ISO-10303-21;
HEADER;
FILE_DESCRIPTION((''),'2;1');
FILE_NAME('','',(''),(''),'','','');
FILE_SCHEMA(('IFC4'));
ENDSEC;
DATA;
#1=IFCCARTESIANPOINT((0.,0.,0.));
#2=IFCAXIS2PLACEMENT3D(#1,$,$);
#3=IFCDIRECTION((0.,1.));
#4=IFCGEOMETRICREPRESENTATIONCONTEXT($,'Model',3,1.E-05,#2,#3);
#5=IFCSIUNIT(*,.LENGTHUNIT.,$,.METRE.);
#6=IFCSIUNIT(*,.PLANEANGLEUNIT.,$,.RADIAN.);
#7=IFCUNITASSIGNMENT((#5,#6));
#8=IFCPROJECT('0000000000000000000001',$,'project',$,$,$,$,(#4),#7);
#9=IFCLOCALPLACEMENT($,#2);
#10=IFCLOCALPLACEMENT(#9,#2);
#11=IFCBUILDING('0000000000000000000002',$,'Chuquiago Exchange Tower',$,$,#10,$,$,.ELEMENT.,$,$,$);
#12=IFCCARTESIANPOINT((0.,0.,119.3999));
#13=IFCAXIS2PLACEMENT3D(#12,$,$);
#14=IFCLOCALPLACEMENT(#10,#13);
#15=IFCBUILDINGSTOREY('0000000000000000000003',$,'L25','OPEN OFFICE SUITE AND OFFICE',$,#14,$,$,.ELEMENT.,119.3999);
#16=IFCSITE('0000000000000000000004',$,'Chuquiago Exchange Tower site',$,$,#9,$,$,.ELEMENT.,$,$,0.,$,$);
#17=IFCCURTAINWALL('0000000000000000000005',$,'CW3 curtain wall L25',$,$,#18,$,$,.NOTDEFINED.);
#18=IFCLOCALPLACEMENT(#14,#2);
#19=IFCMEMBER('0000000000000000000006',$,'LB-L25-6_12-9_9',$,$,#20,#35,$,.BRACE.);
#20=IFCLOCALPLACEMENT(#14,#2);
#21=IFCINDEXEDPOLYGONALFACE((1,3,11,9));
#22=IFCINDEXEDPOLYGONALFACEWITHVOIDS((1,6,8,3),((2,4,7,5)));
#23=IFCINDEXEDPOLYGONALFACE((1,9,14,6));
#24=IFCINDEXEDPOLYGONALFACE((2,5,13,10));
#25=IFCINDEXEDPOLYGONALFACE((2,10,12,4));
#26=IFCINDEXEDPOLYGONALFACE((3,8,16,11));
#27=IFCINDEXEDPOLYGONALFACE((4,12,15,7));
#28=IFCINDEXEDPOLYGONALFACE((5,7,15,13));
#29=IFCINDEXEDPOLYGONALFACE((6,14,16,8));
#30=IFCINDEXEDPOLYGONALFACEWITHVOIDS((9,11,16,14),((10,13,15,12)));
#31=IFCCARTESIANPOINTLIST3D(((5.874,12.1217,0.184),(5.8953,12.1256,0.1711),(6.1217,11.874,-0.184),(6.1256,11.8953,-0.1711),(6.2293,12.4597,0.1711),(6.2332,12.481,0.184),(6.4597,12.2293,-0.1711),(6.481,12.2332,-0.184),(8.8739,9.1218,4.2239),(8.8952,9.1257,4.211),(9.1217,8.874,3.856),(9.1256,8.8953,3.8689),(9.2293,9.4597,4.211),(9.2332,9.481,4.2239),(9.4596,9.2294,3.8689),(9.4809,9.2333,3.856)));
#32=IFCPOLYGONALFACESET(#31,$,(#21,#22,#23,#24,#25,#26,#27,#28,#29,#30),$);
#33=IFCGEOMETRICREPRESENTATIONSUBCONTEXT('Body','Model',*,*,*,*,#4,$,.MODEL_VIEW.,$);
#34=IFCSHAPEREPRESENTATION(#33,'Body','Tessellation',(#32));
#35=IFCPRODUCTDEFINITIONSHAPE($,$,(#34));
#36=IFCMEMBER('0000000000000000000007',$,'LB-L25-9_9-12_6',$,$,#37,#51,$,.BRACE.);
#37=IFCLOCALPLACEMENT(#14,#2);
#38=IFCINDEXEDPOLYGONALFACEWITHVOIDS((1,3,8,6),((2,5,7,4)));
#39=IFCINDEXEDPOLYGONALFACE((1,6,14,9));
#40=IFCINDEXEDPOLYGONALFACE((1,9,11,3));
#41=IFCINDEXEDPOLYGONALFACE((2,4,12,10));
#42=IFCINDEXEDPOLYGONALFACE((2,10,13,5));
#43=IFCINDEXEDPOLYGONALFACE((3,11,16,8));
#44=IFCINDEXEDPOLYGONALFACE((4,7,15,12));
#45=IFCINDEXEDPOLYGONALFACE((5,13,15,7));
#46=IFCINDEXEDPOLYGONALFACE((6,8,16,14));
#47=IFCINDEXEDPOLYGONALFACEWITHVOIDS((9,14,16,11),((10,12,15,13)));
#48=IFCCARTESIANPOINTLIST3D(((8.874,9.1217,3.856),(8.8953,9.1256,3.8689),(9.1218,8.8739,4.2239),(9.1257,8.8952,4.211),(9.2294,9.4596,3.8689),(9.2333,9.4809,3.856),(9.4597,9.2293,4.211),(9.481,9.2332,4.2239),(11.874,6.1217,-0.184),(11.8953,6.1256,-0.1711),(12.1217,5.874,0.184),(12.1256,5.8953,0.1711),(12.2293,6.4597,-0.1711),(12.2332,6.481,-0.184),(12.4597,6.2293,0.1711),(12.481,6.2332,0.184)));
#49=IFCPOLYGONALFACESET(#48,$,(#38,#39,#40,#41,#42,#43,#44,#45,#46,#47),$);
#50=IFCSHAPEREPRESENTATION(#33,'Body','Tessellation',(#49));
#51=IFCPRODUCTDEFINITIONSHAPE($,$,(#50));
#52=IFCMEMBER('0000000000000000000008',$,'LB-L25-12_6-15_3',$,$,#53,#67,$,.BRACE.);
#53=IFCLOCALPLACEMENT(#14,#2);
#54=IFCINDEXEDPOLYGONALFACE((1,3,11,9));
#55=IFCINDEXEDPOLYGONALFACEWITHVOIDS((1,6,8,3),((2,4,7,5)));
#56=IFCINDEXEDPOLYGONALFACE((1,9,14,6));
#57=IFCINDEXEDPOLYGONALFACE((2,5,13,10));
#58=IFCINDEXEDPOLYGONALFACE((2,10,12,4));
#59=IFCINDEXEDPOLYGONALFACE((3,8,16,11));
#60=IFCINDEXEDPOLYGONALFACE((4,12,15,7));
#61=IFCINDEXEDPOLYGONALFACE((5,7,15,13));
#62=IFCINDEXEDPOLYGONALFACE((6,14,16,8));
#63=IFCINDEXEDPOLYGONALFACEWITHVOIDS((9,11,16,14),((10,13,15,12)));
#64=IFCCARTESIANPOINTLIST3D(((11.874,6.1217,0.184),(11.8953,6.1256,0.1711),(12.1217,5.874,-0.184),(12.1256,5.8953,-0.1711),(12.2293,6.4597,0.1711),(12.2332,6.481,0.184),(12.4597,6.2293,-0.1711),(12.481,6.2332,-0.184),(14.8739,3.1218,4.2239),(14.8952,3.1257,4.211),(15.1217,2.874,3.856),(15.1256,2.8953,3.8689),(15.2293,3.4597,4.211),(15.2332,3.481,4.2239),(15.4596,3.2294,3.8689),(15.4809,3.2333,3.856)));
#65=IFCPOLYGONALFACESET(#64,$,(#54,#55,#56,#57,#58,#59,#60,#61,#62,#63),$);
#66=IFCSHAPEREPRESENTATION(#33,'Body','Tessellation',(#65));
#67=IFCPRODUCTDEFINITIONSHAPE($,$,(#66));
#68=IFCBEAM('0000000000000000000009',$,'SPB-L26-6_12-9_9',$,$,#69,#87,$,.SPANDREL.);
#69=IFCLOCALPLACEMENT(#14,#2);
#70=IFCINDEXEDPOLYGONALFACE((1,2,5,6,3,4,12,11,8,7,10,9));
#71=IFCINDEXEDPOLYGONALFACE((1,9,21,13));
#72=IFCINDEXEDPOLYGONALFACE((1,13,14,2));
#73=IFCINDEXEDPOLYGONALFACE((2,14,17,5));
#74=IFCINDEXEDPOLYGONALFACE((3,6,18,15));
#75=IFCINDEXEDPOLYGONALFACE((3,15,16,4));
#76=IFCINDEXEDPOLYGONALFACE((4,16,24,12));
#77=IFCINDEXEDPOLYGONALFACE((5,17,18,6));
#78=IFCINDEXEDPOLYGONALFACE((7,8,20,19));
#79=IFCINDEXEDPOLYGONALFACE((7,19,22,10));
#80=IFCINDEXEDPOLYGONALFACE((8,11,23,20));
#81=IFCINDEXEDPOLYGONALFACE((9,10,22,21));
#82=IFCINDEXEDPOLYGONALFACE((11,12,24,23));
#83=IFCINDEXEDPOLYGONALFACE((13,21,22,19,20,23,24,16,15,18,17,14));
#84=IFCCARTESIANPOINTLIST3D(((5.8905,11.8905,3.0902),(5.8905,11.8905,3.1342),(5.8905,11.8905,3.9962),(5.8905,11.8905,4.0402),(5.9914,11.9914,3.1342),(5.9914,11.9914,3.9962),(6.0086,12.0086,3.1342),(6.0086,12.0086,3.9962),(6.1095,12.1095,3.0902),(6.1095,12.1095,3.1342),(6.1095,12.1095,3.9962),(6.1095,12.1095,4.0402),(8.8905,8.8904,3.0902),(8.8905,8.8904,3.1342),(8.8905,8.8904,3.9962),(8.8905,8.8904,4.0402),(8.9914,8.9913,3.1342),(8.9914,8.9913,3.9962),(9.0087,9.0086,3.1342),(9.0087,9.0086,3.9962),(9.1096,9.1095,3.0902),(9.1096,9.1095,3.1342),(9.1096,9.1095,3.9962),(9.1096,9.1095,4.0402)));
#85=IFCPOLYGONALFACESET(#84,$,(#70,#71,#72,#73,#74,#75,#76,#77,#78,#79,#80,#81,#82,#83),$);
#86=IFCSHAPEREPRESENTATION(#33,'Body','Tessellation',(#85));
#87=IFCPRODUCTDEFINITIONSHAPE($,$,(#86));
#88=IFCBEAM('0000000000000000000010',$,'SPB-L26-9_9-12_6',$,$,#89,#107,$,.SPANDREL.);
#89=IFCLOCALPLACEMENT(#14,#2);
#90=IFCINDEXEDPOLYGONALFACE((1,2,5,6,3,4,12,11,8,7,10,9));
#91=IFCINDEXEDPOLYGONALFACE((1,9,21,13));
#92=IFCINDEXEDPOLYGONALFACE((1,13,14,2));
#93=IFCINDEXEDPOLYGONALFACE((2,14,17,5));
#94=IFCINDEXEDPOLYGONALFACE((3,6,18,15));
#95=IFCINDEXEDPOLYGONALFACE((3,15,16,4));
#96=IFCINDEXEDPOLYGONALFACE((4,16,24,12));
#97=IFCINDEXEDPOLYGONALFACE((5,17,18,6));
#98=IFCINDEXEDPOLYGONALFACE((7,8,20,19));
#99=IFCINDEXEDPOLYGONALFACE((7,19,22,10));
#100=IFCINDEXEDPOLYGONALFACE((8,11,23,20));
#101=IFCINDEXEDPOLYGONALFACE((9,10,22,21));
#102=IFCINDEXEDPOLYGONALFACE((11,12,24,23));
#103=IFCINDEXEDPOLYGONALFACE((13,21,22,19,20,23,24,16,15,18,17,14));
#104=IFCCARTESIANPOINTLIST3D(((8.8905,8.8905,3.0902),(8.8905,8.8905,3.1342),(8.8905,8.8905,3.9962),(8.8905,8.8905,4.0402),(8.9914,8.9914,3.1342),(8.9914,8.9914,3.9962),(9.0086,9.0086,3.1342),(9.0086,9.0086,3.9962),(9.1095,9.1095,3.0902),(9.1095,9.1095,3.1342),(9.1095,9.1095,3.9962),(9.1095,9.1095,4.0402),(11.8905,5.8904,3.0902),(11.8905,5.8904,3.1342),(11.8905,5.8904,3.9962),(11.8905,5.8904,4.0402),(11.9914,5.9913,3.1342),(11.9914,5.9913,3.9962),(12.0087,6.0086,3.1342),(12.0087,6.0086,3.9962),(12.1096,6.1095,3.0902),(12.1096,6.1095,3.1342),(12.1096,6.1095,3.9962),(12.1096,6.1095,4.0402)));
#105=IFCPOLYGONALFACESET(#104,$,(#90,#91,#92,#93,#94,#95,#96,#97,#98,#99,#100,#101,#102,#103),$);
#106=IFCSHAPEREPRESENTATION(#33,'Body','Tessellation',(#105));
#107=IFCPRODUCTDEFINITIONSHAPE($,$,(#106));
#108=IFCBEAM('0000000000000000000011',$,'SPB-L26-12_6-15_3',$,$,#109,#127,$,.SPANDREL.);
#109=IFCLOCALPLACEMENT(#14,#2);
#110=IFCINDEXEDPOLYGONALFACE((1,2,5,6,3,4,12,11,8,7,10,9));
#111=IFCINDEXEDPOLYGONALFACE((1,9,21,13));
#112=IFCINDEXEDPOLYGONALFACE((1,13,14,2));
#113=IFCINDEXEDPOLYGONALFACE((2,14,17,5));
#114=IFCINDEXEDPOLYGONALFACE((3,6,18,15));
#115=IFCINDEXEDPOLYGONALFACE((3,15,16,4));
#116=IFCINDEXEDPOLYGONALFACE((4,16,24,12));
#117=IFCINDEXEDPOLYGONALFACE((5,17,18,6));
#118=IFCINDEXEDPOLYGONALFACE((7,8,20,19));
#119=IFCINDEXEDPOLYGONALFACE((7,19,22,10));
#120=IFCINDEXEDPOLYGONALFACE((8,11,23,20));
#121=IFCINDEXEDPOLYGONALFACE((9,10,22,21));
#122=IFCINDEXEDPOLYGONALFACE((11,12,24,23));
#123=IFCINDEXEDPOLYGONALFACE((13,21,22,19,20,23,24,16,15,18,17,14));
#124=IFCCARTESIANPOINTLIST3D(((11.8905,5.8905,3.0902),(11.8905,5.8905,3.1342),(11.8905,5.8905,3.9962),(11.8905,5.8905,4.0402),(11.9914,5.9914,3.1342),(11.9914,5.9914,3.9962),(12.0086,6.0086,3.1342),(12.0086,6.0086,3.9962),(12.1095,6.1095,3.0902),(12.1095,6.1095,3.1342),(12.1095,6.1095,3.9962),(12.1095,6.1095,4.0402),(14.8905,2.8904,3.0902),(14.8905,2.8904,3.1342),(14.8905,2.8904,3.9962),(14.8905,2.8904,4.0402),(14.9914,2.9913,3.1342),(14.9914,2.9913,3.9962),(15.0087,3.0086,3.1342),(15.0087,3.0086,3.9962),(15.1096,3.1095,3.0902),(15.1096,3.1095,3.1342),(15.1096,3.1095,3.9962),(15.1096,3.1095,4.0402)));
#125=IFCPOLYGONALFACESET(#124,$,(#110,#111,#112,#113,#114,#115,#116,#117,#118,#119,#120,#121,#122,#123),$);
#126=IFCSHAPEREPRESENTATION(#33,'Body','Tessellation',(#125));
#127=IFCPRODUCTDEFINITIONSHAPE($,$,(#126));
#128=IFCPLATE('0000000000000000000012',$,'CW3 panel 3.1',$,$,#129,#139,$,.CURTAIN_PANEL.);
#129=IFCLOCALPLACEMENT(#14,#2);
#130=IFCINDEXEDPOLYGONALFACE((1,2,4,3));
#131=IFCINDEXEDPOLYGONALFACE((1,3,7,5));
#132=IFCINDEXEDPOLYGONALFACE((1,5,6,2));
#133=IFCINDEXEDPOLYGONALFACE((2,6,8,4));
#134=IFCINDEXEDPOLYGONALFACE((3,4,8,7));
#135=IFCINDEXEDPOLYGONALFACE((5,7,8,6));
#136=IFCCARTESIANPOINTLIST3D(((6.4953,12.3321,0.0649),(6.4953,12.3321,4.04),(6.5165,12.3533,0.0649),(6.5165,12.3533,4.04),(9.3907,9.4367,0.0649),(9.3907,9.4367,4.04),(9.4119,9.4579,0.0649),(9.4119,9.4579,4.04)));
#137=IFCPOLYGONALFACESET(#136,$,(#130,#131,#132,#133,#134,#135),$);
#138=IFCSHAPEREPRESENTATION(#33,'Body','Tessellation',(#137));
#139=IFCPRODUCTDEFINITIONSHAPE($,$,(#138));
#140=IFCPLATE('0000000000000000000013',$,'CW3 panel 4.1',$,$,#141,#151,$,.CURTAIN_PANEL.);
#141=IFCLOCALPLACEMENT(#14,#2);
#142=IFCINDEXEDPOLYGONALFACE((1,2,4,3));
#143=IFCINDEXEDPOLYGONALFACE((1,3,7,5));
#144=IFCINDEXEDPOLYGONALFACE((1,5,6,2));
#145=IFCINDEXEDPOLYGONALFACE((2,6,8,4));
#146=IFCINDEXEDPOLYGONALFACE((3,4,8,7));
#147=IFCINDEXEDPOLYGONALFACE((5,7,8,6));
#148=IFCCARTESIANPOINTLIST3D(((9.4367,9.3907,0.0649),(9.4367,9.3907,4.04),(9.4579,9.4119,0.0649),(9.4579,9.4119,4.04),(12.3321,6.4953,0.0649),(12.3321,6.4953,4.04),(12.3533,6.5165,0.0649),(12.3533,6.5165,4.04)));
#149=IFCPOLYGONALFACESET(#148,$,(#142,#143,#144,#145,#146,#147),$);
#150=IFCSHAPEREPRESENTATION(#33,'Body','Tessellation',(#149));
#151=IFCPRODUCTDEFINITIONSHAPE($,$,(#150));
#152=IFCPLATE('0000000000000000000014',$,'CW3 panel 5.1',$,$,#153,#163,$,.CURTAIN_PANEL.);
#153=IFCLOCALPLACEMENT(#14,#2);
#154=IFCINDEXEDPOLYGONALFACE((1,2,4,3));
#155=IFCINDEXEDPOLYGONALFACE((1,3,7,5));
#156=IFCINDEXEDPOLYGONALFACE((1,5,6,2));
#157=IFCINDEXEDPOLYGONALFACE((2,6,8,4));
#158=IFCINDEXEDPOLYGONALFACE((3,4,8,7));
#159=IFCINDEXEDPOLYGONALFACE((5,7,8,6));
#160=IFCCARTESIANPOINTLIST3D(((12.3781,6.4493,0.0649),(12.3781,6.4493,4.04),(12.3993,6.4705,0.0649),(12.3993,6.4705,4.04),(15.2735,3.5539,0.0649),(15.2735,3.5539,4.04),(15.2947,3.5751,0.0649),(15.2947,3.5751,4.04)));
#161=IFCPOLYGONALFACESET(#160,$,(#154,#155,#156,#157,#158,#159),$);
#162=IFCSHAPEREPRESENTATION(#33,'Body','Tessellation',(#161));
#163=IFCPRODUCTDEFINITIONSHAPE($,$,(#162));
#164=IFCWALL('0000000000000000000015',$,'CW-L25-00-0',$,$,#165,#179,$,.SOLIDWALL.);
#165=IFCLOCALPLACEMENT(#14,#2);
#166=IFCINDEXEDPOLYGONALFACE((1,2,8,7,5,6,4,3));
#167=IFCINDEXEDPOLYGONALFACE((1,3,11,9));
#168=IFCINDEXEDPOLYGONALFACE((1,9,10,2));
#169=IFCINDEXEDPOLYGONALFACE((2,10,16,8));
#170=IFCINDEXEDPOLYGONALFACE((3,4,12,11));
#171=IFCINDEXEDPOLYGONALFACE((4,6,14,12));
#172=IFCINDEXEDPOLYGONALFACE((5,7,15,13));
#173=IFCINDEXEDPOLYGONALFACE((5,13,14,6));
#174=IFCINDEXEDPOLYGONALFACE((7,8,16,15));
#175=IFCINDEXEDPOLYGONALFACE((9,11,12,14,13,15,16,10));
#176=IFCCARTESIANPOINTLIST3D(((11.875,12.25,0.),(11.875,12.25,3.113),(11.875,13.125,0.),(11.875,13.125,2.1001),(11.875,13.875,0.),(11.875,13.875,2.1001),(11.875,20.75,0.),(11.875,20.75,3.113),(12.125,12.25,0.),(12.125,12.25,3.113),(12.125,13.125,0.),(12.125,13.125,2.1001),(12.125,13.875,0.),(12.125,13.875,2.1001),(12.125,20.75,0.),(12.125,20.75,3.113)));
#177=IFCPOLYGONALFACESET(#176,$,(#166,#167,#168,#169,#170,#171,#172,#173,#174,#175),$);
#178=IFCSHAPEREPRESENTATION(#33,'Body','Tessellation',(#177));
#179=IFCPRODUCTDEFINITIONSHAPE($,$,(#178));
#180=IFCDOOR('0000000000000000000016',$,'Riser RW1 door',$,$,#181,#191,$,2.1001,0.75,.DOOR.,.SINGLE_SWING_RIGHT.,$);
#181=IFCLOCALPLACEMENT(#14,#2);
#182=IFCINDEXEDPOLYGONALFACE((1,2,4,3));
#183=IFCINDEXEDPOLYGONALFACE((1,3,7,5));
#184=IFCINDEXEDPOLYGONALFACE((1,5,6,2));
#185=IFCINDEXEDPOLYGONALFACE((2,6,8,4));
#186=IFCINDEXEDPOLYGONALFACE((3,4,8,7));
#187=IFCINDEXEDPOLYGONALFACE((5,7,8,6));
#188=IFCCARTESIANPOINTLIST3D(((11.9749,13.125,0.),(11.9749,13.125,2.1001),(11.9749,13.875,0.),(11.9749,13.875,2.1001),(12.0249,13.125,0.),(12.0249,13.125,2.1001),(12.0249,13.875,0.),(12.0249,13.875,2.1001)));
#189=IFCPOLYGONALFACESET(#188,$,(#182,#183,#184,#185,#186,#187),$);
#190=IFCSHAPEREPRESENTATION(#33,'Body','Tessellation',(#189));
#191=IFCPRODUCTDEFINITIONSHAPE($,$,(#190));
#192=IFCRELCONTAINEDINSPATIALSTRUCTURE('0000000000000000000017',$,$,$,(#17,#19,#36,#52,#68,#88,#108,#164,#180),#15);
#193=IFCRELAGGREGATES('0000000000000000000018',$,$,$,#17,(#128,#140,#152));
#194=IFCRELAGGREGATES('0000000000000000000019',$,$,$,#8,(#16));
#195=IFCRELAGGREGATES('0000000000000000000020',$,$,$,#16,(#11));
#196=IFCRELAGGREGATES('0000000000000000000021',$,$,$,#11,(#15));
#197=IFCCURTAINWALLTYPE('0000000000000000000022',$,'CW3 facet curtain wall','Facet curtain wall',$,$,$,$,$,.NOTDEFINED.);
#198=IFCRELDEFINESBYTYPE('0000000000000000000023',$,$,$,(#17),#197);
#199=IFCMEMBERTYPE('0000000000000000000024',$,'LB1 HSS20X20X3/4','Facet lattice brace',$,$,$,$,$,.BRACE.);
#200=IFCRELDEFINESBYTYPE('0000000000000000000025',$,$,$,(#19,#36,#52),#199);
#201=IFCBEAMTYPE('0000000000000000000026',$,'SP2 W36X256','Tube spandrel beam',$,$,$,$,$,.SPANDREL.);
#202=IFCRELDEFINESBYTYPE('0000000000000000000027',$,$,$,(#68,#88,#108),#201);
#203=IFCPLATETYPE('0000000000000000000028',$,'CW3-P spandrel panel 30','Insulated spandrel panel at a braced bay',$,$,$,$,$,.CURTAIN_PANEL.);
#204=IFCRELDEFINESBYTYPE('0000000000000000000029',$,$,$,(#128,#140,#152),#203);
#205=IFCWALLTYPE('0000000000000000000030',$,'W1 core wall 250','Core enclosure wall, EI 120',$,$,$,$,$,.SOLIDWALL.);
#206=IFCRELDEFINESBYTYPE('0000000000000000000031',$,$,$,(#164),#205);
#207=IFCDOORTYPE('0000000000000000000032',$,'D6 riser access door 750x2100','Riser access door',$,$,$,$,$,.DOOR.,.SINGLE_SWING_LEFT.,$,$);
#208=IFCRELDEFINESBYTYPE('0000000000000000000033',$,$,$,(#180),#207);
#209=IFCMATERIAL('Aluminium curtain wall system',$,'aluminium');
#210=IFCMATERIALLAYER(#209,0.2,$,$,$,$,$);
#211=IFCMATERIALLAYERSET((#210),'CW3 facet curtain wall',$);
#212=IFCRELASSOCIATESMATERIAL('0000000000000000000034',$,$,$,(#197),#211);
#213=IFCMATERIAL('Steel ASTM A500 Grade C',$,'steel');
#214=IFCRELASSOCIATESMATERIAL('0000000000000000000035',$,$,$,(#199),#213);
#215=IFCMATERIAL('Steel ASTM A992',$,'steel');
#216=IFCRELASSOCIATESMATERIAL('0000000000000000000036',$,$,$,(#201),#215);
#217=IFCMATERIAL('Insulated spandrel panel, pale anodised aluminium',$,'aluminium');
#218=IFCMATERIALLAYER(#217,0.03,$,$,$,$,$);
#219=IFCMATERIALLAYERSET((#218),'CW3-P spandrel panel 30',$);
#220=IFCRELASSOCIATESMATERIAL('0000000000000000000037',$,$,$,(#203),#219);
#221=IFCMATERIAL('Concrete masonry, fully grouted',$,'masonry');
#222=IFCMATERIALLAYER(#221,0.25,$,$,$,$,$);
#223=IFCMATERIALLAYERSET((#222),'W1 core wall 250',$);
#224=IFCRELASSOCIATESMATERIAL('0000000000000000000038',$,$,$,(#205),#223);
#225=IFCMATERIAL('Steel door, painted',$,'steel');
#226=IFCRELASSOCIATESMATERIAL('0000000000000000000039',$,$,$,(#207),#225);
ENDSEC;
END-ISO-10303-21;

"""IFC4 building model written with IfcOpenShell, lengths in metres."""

from ifc_helpers import new_model, si_unit, direction, frame, frame_2d, origin, origin_2d, place, context, subcontext, project, spatial, rectangle, hollow_rectangle, i_section, extrude, material, layer, layer_set, material_profile, profile_set, type_object, element, fill, aggregate, save


model = new_model("IFC4")

# Units and contexts
model_context = context("Model", 3, precision=1e-05, world=origin(), true_north=direction((0.0, 1.0)))
body_context = subcontext(model_context, "Body", "Model", "MODEL_VIEW")
ifc_project = project(units=[si_unit("LENGTHUNIT", "METRE"), si_unit("PLANEANGLEUNIT", "RADIAN")], contexts=[model_context])

# Site, building, storey
site_placement = place(None, origin())
site = spatial("IfcSite", under=ifc_project, at=site_placement, Name="Chuquiago Exchange Tower site", CompositionType="ELEMENT", RefElevation=0.0)
building_placement = place(site_placement, origin())
building = spatial("IfcBuilding", under=site, at=building_placement, Name="Chuquiago Exchange Tower", CompositionType="ELEMENT")
storey_placement = place(building_placement, frame((0.0, 0.0, 119.3999)))
storey = spatial("IfcBuildingStorey", under=building, at=storey_placement, Name="L25", Description="OPEN OFFICE SUITE AND OFFICE", CompositionType="ELEMENT", Elevation=119.3999)

# Curtain wall
ifc_material_1 = material(Name="Aluminium curtain wall system", Category="aluminium")
ifc_layer_1 = layer(ifc_material_1, 0.2)
ifc_layer_set_1 = layer_set([ifc_layer_1], Name="CW3 facet curtain wall")
curtain_wall_type = type_object("IfcCurtainWallType", Name="CW3 facet curtain wall", Description="Facet curtain wall", PredefinedType="NOTDEFINED", material=ifc_layer_set_1)
curtain_wall_placement = place(storey_placement, origin())
curtain_wall = element("IfcCurtainWall", 1, at=curtain_wall_placement, inside=storey, type_object=curtain_wall_type, Name="CW3 curtain wall L25", PredefinedType="NOTDEFINED")

# Members
ifc_material_2 = material(Name="Steel ASTM A500 Grade C", Category="steel")
ifc_material_profile_1 = material_profile(ifc_material_2, hollow_rectangle(XDim=0.5081, YDim=0.5081, WallThickness=0.0178, at=origin_2d()), Name="HSS20X20X3/4")
ifc_profile_set_1 = profile_set([ifc_material_profile_1], Name="Steel ASTM A500 Grade C")
member_type_1 = type_object("IfcMemberType", Name="LB1 HSS20X20X3/4", Description="Facet lattice brace", PredefinedType="BRACE", material=ifc_profile_set_1)
for number, where, z_axis, x_axis, name in (
    (2, (6.1775, 12.1775, 0.0), (0.512077, -0.512077, 0.689604), (0.707107, 0.707107, 0.0), "LB-L25-6_12-9_9"),
    (3, (12.1775, 6.1775, 0.0), (-0.512077, 0.512077, 0.689604), (-0.707107, -0.707107, 0.0), "LB-L25-9_9-12_6"),
    (4, (12.1775, 6.1775, 0.0), (0.512077, -0.512077, 0.689604), (0.707107, 0.707107, 0.0), "LB-L25-12_6-15_3"),
):
    element("IfcMember", number, at=place(storey_placement, frame(where, z_axis=z_axis, x_axis=x_axis)), inside=storey, type_object=member_type_1, Name=name, PredefinedType="BRACE", context=body_context, shape_type="SweptSolid", body=[
        extrude(hollow_rectangle(XDim=0.5081, YDim=0.5081, WallThickness=0.0178, at=origin_2d()), origin(), (0.0, 0.0, 1.0), 5.8584),
    ])

# Beams
ifc_material_3 = material(Name="Steel ASTM A992", Category="steel")
ifc_material_profile_2 = material_profile(ifc_material_3, i_section(OverallWidth=0.3098, OverallDepth=0.95, WebThickness=0.0244, FlangeThickness=0.0439, at=origin_2d()), Name="W36X256")
ifc_profile_set_2 = profile_set([ifc_material_profile_2], Name="Steel ASTM A992")
beam_type_1 = type_object("IfcBeamType", Name="SP2 W36X256", Description="Tube spandrel beam", PredefinedType="SPANDREL", material=ifc_profile_set_2)
for number, where, z_axis, x_axis, name in (
    (5, (6.0, 12.0, 3.5652), (0.707107, -0.707107, 0.0), (0.707107, 0.707107, 0.0), "SPB-L26-6_12-9_9"),
    (6, (9.0, 9.0, 3.5652), (0.707107, -0.707107, 0.0), (0.707107, 0.707107, 0.0), "SPB-L26-9_9-12_6"),
    (7, (12.0, 6.0, 3.5652), (0.707107, -0.707107, 0.0), (0.707107, 0.707107, 0.0), "SPB-L26-12_6-15_3"),
):
    element("IfcBeam", number, at=place(storey_placement, frame(where, z_axis=z_axis, x_axis=x_axis)), inside=storey, type_object=beam_type_1, Name=name, PredefinedType="SPANDREL", context=body_context, shape_type="SweptSolid", body=[
        extrude(i_section(OverallWidth=0.3098, OverallDepth=0.95, WebThickness=0.0244, FlangeThickness=0.0439, at=origin_2d()), origin(), (0.0, 0.0, 1.0), 4.2427),
    ])

# Plates
ifc_material_4 = material(Name="Insulated spandrel panel, pale anodised aluminium", Category="aluminium")
ifc_layer_2 = layer(ifc_material_4, 0.03)
ifc_layer_set_2 = layer_set([ifc_layer_2], Name="CW3-P spandrel panel 30")
plate_type = type_object("IfcPlateType", Name="CW3-P spandrel panel 30", Description="Insulated spandrel panel at a braced bay", PredefinedType="CURTAIN_PANEL", material=ifc_layer_set_2)
plate_1_placement = place(storey_placement, frame((7.9536, 10.895, 0.0649), z_axis=(0.0, 0.0, 1.0), x_axis=(0.707107, -0.707107, 0.0)))
plate_1 = element("IfcPlate", 8, at=plate_1_placement, type_object=plate_type, Name="CW3 panel 3.1", PredefinedType="CURTAIN_PANEL", context=body_context, shape_type="SweptSolid", body=[
    extrude(rectangle(XDim=4.0947, YDim=0.03, at=origin_2d()), origin(), (0.0, 0.0, 1.0), 3.9751),
])
plate_2_placement = place(storey_placement, frame((10.895, 7.9536, 0.0649), z_axis=(0.0, 0.0, 1.0), x_axis=(0.707107, -0.707107, 0.0)))
plate_2 = element("IfcPlate", 9, at=plate_2_placement, type_object=plate_type, Name="CW3 panel 4.1", PredefinedType="CURTAIN_PANEL", context=body_context, shape_type="SweptSolid", body=[
    extrude(rectangle(XDim=4.0947, YDim=0.03, at=origin_2d()), origin(), (0.0, 0.0, 1.0), 3.9751),
])
plate_3_placement = place(storey_placement, frame((13.8364, 5.0122, 0.0649), z_axis=(0.0, 0.0, 1.0), x_axis=(0.707107, -0.707107, 0.0)))
plate_3 = element("IfcPlate", 10, at=plate_3_placement, type_object=plate_type, Name="CW3 panel 5.1", PredefinedType="CURTAIN_PANEL", context=body_context, shape_type="SweptSolid", body=[
    extrude(rectangle(XDim=4.0947, YDim=0.03, at=origin_2d()), origin(), (0.0, 0.0, 1.0), 3.9751),
])
aggregate(curtain_wall, [plate_1, plate_2, plate_3])

# Wall, opening, door
ifc_material_5 = material(Name="Concrete masonry, fully grouted", Category="masonry")
ifc_layer_3 = layer(ifc_material_5, 0.25)
ifc_layer_set_3 = layer_set([ifc_layer_3], Name="W1 core wall 250")
wall_type_1 = type_object("IfcWallType", Name="W1 core wall 250", Description="Core enclosure wall, EI 120", PredefinedType="SOLIDWALL", material=ifc_layer_set_3)
wall_1_placement = place(storey_placement, frame((12.0, 12.25, 0.0), z_axis=(0.0, 0.0, 1.0), x_axis=(0.0, 1.0, 0.0)))
wall_1 = element("IfcWall", 11, at=wall_1_placement, inside=storey, type_object=wall_type_1, Name="CW-L25-00-0", PredefinedType="SOLIDWALL", context=body_context, shape_type="SweptSolid", body=[
    extrude(rectangle(XDim=8.5, YDim=0.25, at=frame_2d((4.25, 0.0))), origin(), (0.0, 0.0, 1.0), 3.113),
])
opening_1_placement = place(wall_1_placement, frame((0.875, 0.0, 0.0)))
opening_1 = element("IfcOpeningElement", 12, at=opening_1_placement, cuts=wall_1, PredefinedType="OPENING", context=body_context, shape_type="SweptSolid", body=[
    extrude(rectangle(XDim=0.75, YDim=2.1001, at=frame_2d((0.375, 1.05))), frame((0.0, 0.135, 0.0), z_axis=(0.0, -1.0, 0.0), x_axis=(1.0, 0.0, 0.0)), (0.0, 0.0, 1.0), 0.27),
])
ifc_material_6 = material(Name="Steel door, painted", Category="steel")
door_type_1 = type_object("IfcDoorType", Name="D6 riser access door 750x2100", Description="Riser access door", OperationType="SINGLE_SWING_LEFT", PredefinedType="DOOR", material=ifc_material_6)
door_1_placement = place(opening_1_placement, frame((0.75, 0.0, 0.0), z_axis=(0.0, 0.0, 1.0), x_axis=(-1.0, 0.0, 0.0)))
door_1 = element("IfcDoor", 13, at=door_1_placement, inside=storey, type_object=door_type_1, Name="Riser RW1 door", OperationType="SINGLE_SWING_RIGHT", OverallHeight=2.1001, OverallWidth=0.75, PredefinedType="DOOR", context=body_context, shape_type="SweptSolid", body=[
    extrude(rectangle(XDim=0.75, YDim=2.1001, at=frame_2d((0.375, 1.05))), frame((0.0, 0.0249, 0.0), z_axis=(0.0, -1.0, 0.0), x_axis=(1.0, 0.0, 0.0)), (0.0, 0.0, 1.0), 0.05),
])
fill(opening_1, door_1)

save(model, "model.ifc")
